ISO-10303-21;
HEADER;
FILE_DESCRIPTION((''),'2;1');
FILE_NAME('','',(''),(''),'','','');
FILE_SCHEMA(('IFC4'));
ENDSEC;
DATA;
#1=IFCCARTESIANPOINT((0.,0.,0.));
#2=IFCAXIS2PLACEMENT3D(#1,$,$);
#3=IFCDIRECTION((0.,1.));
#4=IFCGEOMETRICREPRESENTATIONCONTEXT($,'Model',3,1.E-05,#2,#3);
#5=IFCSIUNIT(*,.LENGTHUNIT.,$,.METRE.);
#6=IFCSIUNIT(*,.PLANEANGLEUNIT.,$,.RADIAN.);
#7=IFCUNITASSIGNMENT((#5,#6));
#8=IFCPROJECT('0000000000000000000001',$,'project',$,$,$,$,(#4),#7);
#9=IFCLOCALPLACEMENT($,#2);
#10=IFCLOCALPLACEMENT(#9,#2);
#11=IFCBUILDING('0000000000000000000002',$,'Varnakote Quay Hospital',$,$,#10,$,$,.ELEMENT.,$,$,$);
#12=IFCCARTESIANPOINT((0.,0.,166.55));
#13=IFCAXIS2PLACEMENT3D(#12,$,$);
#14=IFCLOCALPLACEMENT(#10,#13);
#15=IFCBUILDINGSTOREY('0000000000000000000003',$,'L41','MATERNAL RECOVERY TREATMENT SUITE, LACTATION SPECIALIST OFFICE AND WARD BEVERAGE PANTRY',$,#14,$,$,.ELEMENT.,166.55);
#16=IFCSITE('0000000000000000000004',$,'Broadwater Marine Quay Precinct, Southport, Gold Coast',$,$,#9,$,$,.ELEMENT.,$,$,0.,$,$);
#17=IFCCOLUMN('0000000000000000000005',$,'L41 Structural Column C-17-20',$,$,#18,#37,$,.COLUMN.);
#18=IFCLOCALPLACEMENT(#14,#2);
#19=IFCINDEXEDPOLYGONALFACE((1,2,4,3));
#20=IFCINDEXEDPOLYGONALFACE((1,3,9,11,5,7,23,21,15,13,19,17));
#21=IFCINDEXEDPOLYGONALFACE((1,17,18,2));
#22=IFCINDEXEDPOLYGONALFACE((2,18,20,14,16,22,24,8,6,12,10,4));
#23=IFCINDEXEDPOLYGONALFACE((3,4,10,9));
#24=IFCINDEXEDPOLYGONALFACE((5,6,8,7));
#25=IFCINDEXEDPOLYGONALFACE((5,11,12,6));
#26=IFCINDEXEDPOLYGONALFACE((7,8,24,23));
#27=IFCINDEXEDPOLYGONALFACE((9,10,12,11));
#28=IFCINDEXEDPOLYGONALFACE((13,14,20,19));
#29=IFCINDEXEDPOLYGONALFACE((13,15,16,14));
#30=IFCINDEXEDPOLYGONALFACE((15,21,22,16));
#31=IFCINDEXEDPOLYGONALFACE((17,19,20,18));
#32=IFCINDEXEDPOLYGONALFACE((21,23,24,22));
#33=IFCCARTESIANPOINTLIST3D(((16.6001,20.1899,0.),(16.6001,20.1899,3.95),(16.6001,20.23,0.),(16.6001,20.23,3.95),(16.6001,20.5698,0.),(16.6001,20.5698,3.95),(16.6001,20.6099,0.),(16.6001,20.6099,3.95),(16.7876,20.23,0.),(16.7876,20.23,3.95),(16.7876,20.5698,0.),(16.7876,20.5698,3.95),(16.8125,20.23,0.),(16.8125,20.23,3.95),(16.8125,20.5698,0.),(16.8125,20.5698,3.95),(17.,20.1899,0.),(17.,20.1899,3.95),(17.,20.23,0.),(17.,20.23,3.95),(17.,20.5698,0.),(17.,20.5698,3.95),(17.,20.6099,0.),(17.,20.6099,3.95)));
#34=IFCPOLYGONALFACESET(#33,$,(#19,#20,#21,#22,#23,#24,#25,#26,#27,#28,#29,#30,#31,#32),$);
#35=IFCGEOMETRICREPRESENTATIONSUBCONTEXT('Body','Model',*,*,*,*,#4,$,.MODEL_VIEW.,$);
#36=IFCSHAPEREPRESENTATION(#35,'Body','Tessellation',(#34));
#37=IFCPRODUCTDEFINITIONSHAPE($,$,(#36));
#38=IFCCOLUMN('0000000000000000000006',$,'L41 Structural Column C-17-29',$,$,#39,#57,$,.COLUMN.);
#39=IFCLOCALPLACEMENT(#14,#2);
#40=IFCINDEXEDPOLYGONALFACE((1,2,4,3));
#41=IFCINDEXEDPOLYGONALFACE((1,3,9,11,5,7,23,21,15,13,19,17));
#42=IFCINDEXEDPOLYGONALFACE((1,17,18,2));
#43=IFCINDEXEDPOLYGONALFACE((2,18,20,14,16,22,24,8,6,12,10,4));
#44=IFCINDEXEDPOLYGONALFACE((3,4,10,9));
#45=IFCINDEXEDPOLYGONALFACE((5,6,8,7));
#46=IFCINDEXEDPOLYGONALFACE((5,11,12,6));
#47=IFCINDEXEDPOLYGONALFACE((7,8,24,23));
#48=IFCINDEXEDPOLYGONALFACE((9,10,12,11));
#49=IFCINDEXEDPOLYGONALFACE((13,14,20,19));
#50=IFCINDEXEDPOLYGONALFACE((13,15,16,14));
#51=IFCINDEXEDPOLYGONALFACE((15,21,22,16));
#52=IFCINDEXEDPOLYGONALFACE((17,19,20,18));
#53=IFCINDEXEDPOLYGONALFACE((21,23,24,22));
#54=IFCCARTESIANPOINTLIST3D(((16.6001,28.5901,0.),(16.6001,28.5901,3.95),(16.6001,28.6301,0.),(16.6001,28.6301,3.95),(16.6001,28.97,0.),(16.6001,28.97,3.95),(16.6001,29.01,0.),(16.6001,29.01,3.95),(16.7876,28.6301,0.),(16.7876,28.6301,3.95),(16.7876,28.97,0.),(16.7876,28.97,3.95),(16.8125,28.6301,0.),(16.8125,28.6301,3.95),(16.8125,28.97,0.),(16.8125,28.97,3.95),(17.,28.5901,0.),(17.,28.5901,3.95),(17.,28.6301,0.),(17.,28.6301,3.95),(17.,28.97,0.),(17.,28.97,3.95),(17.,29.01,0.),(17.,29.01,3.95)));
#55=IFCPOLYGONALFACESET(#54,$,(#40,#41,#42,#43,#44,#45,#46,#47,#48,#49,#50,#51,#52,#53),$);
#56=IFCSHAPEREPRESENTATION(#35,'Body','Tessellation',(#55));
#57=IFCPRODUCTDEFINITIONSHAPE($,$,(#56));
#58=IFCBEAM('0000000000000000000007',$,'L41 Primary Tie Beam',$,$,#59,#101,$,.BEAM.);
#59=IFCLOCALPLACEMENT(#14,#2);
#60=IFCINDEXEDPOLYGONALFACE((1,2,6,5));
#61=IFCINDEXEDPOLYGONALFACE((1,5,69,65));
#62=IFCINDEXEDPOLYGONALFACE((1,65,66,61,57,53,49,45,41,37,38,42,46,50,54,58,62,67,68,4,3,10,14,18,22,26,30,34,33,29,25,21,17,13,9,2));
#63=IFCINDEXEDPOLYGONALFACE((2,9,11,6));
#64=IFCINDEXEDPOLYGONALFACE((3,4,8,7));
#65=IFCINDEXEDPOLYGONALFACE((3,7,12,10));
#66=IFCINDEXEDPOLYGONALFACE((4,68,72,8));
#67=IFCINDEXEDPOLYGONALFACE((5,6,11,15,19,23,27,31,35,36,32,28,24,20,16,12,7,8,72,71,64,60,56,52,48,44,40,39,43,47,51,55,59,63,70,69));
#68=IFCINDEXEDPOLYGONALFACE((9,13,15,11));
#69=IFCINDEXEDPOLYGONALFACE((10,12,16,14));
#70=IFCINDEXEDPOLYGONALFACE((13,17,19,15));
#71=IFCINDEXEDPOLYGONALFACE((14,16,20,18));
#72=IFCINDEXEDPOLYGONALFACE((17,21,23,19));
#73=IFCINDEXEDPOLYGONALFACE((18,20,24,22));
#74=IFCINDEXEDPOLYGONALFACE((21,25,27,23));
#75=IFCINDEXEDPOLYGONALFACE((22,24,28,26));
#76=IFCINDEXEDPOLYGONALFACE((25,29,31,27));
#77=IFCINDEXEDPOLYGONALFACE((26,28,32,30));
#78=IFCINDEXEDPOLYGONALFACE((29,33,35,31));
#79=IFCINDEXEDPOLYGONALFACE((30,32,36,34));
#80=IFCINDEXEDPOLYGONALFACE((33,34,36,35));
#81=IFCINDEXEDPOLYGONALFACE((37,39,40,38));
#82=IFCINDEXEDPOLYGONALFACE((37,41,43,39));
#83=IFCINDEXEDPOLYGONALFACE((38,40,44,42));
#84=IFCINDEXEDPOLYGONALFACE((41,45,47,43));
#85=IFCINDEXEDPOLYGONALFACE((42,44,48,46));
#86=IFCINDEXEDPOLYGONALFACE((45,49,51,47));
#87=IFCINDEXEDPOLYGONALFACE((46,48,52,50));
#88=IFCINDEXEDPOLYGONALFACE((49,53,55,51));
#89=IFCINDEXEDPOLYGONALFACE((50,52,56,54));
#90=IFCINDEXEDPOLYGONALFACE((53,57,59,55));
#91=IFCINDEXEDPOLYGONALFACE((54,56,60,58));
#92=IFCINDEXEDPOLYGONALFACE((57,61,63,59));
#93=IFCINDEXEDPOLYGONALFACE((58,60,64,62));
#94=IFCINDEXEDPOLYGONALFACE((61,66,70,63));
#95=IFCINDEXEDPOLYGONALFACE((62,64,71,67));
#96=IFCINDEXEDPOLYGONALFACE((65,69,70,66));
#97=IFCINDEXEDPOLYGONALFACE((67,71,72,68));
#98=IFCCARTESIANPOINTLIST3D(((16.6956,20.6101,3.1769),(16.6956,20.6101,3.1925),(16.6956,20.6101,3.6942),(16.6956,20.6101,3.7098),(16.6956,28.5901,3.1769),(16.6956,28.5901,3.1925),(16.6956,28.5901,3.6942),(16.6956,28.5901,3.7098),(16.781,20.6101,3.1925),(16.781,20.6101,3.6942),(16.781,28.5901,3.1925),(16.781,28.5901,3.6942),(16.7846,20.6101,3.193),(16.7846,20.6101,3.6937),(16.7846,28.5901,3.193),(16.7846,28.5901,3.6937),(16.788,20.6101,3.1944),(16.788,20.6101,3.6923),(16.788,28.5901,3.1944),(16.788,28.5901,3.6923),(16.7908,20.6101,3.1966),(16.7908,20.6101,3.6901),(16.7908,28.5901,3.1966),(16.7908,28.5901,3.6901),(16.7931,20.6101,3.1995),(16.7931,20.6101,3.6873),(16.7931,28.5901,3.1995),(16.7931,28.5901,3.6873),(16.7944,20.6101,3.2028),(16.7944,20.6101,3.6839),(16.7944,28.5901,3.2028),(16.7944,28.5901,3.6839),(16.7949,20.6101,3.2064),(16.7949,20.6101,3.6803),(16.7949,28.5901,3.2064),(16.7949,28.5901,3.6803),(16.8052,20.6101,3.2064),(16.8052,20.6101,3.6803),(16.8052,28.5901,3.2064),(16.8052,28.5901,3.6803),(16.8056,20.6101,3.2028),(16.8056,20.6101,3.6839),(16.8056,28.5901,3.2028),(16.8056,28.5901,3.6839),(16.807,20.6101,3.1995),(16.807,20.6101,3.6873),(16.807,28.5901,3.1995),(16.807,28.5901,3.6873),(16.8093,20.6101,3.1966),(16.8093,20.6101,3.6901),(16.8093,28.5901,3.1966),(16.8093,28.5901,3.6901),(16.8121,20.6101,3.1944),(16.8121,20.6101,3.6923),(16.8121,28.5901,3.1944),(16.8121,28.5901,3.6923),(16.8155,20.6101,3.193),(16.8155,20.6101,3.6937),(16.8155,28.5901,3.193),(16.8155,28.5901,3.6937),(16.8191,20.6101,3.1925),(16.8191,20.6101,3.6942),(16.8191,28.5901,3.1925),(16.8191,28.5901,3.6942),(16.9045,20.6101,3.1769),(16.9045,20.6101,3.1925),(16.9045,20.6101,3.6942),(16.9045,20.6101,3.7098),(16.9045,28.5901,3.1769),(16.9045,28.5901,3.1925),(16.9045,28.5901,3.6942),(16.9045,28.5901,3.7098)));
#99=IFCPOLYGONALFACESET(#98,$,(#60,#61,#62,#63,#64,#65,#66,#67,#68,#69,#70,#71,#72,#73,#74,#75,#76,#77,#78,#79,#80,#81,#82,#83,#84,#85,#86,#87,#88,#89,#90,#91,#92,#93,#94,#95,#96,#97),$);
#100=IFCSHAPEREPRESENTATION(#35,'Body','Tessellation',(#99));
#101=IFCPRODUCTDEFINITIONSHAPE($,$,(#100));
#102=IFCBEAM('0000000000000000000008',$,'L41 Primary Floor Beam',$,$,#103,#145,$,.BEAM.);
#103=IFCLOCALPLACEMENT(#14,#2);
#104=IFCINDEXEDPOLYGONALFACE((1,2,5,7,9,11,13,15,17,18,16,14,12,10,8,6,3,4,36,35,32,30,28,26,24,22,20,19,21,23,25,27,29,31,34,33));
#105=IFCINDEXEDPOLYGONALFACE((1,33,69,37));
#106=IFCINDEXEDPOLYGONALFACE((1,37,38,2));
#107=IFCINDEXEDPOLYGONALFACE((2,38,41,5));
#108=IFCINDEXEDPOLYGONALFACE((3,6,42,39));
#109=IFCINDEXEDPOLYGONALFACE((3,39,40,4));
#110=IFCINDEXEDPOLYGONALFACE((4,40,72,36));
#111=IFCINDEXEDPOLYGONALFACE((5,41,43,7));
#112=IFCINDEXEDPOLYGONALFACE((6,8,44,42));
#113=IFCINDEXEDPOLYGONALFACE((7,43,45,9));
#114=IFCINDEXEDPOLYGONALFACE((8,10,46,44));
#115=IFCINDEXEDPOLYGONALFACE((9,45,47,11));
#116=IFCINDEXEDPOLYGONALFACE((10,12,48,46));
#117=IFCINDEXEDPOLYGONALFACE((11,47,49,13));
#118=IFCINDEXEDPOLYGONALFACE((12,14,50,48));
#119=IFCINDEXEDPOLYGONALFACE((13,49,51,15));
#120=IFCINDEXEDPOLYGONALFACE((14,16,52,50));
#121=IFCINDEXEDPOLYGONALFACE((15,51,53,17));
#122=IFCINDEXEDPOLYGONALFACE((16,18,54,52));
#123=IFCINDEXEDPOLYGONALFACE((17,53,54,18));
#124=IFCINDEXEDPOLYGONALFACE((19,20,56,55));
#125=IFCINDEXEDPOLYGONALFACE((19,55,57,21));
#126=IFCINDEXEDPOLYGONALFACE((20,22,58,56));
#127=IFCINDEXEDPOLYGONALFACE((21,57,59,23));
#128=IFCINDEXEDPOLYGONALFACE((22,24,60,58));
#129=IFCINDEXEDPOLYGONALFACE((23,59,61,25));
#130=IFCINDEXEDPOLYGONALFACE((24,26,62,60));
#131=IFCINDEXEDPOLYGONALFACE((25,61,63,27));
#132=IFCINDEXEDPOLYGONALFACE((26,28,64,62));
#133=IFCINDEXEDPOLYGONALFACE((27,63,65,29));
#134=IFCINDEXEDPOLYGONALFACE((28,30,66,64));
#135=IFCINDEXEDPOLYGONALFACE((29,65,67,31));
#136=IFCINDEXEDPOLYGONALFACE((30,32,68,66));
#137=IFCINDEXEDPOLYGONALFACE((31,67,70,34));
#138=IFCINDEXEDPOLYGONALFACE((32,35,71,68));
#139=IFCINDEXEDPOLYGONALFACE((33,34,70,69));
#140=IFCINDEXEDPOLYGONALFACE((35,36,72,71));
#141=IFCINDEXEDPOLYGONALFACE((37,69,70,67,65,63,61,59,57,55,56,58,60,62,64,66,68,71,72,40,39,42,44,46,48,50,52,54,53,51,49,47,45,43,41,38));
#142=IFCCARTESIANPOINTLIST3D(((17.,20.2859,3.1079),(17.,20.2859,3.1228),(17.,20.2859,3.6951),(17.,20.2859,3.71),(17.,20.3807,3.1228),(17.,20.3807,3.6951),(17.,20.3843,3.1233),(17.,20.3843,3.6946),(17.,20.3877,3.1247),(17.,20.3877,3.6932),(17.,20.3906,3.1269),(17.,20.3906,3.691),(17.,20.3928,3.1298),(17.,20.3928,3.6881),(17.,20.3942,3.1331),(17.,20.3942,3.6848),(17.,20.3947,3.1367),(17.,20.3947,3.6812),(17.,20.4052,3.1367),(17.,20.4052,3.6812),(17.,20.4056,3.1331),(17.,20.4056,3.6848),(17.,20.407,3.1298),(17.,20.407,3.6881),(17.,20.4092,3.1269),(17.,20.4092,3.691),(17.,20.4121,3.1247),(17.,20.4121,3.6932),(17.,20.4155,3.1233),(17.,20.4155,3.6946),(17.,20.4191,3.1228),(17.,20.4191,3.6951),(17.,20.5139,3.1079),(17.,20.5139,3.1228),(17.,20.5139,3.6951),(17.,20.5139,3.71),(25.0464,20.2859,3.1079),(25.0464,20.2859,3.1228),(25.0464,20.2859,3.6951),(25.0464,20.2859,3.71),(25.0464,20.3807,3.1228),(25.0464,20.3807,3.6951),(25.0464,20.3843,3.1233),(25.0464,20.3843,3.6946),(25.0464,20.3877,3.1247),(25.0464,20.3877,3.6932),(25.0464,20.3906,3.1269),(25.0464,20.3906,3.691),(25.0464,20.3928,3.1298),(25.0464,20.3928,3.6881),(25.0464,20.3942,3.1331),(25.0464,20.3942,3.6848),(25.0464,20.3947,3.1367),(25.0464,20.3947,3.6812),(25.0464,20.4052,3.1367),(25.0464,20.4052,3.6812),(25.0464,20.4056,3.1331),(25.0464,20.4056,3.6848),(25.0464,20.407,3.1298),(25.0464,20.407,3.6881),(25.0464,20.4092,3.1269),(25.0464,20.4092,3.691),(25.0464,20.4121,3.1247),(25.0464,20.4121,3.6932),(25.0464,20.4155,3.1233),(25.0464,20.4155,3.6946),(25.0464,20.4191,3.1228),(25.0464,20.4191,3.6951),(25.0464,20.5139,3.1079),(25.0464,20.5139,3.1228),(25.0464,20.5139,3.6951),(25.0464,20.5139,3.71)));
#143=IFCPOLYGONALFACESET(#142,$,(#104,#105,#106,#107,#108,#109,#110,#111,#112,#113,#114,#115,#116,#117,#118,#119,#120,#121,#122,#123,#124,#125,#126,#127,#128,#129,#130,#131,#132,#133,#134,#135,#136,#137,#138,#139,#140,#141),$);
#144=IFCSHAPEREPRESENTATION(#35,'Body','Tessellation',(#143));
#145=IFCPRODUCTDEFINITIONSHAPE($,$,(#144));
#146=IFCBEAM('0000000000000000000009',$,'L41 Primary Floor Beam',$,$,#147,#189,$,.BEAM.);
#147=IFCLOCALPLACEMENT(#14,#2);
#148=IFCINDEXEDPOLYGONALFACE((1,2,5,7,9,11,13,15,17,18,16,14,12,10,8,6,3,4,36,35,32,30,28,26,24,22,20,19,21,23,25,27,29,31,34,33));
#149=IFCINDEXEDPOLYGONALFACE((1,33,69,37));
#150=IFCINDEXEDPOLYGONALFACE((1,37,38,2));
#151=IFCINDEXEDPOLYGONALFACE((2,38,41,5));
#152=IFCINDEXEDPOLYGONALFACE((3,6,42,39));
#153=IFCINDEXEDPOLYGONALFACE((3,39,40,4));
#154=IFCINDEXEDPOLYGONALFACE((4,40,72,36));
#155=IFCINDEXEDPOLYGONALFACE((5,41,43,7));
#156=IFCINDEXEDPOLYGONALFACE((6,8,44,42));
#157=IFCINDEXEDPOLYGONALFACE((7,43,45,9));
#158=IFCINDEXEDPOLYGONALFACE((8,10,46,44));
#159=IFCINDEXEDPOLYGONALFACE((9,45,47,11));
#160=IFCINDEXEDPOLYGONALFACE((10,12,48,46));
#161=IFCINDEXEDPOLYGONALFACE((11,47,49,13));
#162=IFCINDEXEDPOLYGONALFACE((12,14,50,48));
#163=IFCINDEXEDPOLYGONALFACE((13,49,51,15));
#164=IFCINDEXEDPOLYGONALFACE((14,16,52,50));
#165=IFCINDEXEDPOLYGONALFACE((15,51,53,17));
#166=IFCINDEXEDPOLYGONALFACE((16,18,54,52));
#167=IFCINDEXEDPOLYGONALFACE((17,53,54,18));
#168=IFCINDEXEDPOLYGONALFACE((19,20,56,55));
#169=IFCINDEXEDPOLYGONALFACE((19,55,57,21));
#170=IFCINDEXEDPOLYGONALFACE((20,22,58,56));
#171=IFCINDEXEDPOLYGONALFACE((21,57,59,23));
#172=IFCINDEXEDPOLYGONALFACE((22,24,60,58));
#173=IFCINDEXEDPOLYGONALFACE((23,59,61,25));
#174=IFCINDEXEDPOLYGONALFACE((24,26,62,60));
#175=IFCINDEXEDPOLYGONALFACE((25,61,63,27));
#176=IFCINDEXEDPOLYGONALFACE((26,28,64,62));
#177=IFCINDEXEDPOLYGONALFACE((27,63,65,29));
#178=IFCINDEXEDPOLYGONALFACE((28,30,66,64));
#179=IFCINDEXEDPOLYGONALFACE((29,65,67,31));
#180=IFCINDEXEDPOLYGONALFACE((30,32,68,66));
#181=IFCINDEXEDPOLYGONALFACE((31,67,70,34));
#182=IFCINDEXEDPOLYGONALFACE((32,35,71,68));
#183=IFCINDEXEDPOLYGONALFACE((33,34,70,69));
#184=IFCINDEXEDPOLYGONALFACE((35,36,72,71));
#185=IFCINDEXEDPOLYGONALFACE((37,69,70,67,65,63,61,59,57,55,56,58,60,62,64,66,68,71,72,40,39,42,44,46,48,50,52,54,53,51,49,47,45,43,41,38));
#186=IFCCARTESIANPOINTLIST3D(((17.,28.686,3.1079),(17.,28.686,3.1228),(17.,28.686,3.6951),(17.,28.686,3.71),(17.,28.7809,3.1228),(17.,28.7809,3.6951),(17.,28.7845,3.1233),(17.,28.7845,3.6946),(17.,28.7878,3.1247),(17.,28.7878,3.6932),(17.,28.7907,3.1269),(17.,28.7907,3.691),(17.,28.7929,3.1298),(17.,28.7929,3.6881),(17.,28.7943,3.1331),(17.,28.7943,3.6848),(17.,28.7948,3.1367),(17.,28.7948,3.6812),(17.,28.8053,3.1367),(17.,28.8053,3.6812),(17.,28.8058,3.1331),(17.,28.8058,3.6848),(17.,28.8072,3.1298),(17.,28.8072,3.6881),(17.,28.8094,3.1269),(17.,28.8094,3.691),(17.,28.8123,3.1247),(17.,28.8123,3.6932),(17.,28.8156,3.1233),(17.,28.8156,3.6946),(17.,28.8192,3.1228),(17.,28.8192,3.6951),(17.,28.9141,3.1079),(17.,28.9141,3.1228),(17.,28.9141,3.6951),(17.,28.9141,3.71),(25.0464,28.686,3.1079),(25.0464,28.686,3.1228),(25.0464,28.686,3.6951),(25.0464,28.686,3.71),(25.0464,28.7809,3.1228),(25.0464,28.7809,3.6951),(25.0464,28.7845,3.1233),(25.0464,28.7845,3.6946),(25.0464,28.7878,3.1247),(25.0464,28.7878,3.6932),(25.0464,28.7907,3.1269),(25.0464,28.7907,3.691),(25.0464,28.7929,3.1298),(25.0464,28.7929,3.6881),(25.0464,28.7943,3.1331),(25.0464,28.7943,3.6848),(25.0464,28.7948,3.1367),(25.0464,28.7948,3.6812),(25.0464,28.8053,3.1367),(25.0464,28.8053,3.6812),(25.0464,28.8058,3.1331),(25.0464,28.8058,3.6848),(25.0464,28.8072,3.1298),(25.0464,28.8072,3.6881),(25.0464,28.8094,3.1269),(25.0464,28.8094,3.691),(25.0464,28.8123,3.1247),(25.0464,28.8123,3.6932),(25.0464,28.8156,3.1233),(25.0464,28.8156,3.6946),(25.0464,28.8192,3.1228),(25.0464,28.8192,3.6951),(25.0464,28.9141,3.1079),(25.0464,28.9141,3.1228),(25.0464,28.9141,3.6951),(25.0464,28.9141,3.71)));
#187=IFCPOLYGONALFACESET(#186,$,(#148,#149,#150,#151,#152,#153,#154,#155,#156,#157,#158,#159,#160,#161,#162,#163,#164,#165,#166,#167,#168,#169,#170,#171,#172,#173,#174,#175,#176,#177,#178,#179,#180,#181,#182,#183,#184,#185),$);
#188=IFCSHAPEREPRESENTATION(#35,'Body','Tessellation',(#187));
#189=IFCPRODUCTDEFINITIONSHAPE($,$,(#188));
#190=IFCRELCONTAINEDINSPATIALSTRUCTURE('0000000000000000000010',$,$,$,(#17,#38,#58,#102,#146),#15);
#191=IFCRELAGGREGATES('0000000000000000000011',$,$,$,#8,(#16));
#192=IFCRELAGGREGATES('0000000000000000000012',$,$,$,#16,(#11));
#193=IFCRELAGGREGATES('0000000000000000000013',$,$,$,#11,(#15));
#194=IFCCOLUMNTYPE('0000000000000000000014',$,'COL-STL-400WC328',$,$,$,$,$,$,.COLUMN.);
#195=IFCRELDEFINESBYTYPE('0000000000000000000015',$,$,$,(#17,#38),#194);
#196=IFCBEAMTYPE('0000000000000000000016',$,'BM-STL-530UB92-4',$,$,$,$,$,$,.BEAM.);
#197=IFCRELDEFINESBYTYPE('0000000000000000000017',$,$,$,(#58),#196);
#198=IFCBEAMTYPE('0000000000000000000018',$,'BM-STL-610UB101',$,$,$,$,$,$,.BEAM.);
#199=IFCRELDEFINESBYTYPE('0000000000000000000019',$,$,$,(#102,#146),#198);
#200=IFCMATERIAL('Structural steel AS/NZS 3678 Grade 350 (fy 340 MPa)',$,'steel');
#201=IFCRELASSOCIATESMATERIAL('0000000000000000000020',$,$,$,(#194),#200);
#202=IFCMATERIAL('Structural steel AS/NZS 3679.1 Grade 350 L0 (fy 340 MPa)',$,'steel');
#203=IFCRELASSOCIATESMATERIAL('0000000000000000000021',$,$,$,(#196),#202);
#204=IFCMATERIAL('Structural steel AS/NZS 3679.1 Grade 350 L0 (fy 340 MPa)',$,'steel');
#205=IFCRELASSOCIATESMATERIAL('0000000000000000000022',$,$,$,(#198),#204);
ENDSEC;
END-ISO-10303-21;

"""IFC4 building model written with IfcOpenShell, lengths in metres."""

from ifc_helpers import new_model, si_unit, direction, frame, origin, origin_2d, place, context, subcontext, project, spatial, i_section, extrude, material, material_profile, profile_set, type_object, element, save


model = new_model("IFC4")

# Units and contexts
model_context = context("Model", 3, precision=1e-05, world=origin(), true_north=direction((0.0, 1.0)))
body_context = subcontext(model_context, "Body", "Model", "MODEL_VIEW")
ifc_project = project(units=[si_unit("LENGTHUNIT", "METRE"), si_unit("PLANEANGLEUNIT", "RADIAN")], contexts=[model_context])

# Site, building, storey
site_placement = place(None, origin())
site = spatial("IfcSite", under=ifc_project, at=site_placement, Name="Broadwater Marine Quay Precinct, Southport, Gold Coast", CompositionType="ELEMENT", RefElevation=0.0)
building_placement = place(site_placement, origin())
building = spatial("IfcBuilding", under=site, at=building_placement, Name="Varnakote Quay Hospital", CompositionType="ELEMENT")
storey_placement = place(building_placement, frame((0.0, 0.0, 166.55)))
storey = spatial("IfcBuildingStorey", under=building, at=storey_placement, Name="L41", Description="MATERNAL RECOVERY TREATMENT SUITE, LACTATION SPECIALIST OFFICE AND WARD BEVERAGE PANTRY", CompositionType="ELEMENT", Elevation=166.55)

# Columns
ifc_material_1 = material(Name="Structural steel AS/NZS 3678 Grade 350 (fy 340 MPa)", Category="steel")
ifc_material_profile_1 = material_profile(ifc_material_1, i_section(OverallWidth=0.3999, OverallDepth=0.4199, WebThickness=0.0249, FlangeThickness=0.04, at=origin_2d()), Name="400WC328")
ifc_profile_set_1 = profile_set([ifc_material_profile_1], Name="Structural steel AS/NZS 3678 Grade 350 (fy 340 MPa)")
column_type = type_object("IfcColumnType", Name="COL-STL-400WC328", PredefinedType="COLUMN", material=ifc_profile_set_1)
for number, where, z_axis, x_axis, name in (
    (1, (16.8, 20.3999, 0.0), (0.0, 0.0, 1.0), (1.0, 0.0, 0.0), "L41 Structural Column C-17-20"),
    (2, (16.8, 28.8, 0.0), (0.0, 0.0, 1.0), (1.0, 0.0, 0.0), "L41 Structural Column C-17-29"),
):
    element("IfcColumn", number, at=place(storey_placement, frame(where, z_axis=z_axis, x_axis=x_axis)), inside=storey, type_object=column_type, Name=name, PredefinedType="COLUMN", context=body_context, shape_type="SweptSolid", body=[
        extrude(i_section(OverallWidth=0.3999, OverallDepth=0.4199, WebThickness=0.0249, FlangeThickness=0.04, at=origin_2d()), origin(), (0.0, 0.0, 1.0), 3.95),
    ])

# Beams
ifc_material_2 = material(Name="Structural steel AS/NZS 3679.1 Grade 350 L0 (fy 340 MPa)", Category="steel")
ifc_material_profile_2 = material_profile(ifc_material_2, i_section(OverallWidth=0.209, OverallDepth=0.533, WebThickness=0.0103, FlangeThickness=0.0156, FilletRadius=0.0139, at=origin_2d()), Name="530UB92.4")
ifc_profile_set_2 = profile_set([ifc_material_profile_2], Name="Structural steel AS/NZS 3679.1 Grade 350 L0 (fy 340 MPa)")
beam_type_1 = type_object("IfcBeamType", Name="BM-STL-530UB92-4", PredefinedType="BEAM", material=ifc_profile_set_2)
beam_1_placement = place(storey_placement, frame((16.8, 20.6101, 3.4434), z_axis=(0.0, 1.0, 0.0), x_axis=(-1.0, 0.0, 0.0)))
element("IfcBeam", 3, at=beam_1_placement, inside=storey, type_object=beam_type_1, Name="L41 Primary Tie Beam", PredefinedType="BEAM", context=body_context, shape_type="SweptSolid", body=[
    extrude(i_section(OverallWidth=0.209, OverallDepth=0.533, WebThickness=0.0103, FlangeThickness=0.0156, FilletRadius=0.0139, at=origin_2d()), origin(), (0.0, 0.0, 1.0), 7.98),
])
ifc_material_3 = material(Name="Structural steel AS/NZS 3679.1 Grade 350 L0 (fy 340 MPa)", Category="steel")
ifc_material_profile_3 = material_profile(ifc_material_3, i_section(OverallWidth=0.228, OverallDepth=0.6021, WebThickness=0.0105, FlangeThickness=0.0149, FilletRadius=0.0139, at=origin_2d()), Name="610UB101")
ifc_profile_set_3 = profile_set([ifc_material_profile_3], Name="Structural steel AS/NZS 3679.1 Grade 350 L0 (fy 340 MPa)")
beam_type_2 = type_object("IfcBeamType", Name="BM-STL-610UB101", PredefinedType="BEAM", material=ifc_profile_set_3)
for number, where, z_axis, x_axis, name in (
    (4, (17.0, 20.3999, 3.4089), (1.0, 0.0, 0.0), (0.0, 1.0, 0.0), "L41 Primary Floor Beam"),
    (5, (17.0, 28.8, 3.4089), (1.0, 0.0, 0.0), (0.0, 1.0, 0.0), "L41 Primary Floor Beam"),
):
    element("IfcBeam", number, at=place(storey_placement, frame(where, z_axis=z_axis, x_axis=x_axis)), inside=storey, type_object=beam_type_2, Name=name, PredefinedType="BEAM", context=body_context, shape_type="SweptSolid", body=[
        extrude(i_section(OverallWidth=0.228, OverallDepth=0.6021, WebThickness=0.0105, FlangeThickness=0.0149, FilletRadius=0.0139, at=origin_2d()), origin(), (0.0, 0.0, 1.0), 8.0464),
    ])

save(model, "model.ifc")
